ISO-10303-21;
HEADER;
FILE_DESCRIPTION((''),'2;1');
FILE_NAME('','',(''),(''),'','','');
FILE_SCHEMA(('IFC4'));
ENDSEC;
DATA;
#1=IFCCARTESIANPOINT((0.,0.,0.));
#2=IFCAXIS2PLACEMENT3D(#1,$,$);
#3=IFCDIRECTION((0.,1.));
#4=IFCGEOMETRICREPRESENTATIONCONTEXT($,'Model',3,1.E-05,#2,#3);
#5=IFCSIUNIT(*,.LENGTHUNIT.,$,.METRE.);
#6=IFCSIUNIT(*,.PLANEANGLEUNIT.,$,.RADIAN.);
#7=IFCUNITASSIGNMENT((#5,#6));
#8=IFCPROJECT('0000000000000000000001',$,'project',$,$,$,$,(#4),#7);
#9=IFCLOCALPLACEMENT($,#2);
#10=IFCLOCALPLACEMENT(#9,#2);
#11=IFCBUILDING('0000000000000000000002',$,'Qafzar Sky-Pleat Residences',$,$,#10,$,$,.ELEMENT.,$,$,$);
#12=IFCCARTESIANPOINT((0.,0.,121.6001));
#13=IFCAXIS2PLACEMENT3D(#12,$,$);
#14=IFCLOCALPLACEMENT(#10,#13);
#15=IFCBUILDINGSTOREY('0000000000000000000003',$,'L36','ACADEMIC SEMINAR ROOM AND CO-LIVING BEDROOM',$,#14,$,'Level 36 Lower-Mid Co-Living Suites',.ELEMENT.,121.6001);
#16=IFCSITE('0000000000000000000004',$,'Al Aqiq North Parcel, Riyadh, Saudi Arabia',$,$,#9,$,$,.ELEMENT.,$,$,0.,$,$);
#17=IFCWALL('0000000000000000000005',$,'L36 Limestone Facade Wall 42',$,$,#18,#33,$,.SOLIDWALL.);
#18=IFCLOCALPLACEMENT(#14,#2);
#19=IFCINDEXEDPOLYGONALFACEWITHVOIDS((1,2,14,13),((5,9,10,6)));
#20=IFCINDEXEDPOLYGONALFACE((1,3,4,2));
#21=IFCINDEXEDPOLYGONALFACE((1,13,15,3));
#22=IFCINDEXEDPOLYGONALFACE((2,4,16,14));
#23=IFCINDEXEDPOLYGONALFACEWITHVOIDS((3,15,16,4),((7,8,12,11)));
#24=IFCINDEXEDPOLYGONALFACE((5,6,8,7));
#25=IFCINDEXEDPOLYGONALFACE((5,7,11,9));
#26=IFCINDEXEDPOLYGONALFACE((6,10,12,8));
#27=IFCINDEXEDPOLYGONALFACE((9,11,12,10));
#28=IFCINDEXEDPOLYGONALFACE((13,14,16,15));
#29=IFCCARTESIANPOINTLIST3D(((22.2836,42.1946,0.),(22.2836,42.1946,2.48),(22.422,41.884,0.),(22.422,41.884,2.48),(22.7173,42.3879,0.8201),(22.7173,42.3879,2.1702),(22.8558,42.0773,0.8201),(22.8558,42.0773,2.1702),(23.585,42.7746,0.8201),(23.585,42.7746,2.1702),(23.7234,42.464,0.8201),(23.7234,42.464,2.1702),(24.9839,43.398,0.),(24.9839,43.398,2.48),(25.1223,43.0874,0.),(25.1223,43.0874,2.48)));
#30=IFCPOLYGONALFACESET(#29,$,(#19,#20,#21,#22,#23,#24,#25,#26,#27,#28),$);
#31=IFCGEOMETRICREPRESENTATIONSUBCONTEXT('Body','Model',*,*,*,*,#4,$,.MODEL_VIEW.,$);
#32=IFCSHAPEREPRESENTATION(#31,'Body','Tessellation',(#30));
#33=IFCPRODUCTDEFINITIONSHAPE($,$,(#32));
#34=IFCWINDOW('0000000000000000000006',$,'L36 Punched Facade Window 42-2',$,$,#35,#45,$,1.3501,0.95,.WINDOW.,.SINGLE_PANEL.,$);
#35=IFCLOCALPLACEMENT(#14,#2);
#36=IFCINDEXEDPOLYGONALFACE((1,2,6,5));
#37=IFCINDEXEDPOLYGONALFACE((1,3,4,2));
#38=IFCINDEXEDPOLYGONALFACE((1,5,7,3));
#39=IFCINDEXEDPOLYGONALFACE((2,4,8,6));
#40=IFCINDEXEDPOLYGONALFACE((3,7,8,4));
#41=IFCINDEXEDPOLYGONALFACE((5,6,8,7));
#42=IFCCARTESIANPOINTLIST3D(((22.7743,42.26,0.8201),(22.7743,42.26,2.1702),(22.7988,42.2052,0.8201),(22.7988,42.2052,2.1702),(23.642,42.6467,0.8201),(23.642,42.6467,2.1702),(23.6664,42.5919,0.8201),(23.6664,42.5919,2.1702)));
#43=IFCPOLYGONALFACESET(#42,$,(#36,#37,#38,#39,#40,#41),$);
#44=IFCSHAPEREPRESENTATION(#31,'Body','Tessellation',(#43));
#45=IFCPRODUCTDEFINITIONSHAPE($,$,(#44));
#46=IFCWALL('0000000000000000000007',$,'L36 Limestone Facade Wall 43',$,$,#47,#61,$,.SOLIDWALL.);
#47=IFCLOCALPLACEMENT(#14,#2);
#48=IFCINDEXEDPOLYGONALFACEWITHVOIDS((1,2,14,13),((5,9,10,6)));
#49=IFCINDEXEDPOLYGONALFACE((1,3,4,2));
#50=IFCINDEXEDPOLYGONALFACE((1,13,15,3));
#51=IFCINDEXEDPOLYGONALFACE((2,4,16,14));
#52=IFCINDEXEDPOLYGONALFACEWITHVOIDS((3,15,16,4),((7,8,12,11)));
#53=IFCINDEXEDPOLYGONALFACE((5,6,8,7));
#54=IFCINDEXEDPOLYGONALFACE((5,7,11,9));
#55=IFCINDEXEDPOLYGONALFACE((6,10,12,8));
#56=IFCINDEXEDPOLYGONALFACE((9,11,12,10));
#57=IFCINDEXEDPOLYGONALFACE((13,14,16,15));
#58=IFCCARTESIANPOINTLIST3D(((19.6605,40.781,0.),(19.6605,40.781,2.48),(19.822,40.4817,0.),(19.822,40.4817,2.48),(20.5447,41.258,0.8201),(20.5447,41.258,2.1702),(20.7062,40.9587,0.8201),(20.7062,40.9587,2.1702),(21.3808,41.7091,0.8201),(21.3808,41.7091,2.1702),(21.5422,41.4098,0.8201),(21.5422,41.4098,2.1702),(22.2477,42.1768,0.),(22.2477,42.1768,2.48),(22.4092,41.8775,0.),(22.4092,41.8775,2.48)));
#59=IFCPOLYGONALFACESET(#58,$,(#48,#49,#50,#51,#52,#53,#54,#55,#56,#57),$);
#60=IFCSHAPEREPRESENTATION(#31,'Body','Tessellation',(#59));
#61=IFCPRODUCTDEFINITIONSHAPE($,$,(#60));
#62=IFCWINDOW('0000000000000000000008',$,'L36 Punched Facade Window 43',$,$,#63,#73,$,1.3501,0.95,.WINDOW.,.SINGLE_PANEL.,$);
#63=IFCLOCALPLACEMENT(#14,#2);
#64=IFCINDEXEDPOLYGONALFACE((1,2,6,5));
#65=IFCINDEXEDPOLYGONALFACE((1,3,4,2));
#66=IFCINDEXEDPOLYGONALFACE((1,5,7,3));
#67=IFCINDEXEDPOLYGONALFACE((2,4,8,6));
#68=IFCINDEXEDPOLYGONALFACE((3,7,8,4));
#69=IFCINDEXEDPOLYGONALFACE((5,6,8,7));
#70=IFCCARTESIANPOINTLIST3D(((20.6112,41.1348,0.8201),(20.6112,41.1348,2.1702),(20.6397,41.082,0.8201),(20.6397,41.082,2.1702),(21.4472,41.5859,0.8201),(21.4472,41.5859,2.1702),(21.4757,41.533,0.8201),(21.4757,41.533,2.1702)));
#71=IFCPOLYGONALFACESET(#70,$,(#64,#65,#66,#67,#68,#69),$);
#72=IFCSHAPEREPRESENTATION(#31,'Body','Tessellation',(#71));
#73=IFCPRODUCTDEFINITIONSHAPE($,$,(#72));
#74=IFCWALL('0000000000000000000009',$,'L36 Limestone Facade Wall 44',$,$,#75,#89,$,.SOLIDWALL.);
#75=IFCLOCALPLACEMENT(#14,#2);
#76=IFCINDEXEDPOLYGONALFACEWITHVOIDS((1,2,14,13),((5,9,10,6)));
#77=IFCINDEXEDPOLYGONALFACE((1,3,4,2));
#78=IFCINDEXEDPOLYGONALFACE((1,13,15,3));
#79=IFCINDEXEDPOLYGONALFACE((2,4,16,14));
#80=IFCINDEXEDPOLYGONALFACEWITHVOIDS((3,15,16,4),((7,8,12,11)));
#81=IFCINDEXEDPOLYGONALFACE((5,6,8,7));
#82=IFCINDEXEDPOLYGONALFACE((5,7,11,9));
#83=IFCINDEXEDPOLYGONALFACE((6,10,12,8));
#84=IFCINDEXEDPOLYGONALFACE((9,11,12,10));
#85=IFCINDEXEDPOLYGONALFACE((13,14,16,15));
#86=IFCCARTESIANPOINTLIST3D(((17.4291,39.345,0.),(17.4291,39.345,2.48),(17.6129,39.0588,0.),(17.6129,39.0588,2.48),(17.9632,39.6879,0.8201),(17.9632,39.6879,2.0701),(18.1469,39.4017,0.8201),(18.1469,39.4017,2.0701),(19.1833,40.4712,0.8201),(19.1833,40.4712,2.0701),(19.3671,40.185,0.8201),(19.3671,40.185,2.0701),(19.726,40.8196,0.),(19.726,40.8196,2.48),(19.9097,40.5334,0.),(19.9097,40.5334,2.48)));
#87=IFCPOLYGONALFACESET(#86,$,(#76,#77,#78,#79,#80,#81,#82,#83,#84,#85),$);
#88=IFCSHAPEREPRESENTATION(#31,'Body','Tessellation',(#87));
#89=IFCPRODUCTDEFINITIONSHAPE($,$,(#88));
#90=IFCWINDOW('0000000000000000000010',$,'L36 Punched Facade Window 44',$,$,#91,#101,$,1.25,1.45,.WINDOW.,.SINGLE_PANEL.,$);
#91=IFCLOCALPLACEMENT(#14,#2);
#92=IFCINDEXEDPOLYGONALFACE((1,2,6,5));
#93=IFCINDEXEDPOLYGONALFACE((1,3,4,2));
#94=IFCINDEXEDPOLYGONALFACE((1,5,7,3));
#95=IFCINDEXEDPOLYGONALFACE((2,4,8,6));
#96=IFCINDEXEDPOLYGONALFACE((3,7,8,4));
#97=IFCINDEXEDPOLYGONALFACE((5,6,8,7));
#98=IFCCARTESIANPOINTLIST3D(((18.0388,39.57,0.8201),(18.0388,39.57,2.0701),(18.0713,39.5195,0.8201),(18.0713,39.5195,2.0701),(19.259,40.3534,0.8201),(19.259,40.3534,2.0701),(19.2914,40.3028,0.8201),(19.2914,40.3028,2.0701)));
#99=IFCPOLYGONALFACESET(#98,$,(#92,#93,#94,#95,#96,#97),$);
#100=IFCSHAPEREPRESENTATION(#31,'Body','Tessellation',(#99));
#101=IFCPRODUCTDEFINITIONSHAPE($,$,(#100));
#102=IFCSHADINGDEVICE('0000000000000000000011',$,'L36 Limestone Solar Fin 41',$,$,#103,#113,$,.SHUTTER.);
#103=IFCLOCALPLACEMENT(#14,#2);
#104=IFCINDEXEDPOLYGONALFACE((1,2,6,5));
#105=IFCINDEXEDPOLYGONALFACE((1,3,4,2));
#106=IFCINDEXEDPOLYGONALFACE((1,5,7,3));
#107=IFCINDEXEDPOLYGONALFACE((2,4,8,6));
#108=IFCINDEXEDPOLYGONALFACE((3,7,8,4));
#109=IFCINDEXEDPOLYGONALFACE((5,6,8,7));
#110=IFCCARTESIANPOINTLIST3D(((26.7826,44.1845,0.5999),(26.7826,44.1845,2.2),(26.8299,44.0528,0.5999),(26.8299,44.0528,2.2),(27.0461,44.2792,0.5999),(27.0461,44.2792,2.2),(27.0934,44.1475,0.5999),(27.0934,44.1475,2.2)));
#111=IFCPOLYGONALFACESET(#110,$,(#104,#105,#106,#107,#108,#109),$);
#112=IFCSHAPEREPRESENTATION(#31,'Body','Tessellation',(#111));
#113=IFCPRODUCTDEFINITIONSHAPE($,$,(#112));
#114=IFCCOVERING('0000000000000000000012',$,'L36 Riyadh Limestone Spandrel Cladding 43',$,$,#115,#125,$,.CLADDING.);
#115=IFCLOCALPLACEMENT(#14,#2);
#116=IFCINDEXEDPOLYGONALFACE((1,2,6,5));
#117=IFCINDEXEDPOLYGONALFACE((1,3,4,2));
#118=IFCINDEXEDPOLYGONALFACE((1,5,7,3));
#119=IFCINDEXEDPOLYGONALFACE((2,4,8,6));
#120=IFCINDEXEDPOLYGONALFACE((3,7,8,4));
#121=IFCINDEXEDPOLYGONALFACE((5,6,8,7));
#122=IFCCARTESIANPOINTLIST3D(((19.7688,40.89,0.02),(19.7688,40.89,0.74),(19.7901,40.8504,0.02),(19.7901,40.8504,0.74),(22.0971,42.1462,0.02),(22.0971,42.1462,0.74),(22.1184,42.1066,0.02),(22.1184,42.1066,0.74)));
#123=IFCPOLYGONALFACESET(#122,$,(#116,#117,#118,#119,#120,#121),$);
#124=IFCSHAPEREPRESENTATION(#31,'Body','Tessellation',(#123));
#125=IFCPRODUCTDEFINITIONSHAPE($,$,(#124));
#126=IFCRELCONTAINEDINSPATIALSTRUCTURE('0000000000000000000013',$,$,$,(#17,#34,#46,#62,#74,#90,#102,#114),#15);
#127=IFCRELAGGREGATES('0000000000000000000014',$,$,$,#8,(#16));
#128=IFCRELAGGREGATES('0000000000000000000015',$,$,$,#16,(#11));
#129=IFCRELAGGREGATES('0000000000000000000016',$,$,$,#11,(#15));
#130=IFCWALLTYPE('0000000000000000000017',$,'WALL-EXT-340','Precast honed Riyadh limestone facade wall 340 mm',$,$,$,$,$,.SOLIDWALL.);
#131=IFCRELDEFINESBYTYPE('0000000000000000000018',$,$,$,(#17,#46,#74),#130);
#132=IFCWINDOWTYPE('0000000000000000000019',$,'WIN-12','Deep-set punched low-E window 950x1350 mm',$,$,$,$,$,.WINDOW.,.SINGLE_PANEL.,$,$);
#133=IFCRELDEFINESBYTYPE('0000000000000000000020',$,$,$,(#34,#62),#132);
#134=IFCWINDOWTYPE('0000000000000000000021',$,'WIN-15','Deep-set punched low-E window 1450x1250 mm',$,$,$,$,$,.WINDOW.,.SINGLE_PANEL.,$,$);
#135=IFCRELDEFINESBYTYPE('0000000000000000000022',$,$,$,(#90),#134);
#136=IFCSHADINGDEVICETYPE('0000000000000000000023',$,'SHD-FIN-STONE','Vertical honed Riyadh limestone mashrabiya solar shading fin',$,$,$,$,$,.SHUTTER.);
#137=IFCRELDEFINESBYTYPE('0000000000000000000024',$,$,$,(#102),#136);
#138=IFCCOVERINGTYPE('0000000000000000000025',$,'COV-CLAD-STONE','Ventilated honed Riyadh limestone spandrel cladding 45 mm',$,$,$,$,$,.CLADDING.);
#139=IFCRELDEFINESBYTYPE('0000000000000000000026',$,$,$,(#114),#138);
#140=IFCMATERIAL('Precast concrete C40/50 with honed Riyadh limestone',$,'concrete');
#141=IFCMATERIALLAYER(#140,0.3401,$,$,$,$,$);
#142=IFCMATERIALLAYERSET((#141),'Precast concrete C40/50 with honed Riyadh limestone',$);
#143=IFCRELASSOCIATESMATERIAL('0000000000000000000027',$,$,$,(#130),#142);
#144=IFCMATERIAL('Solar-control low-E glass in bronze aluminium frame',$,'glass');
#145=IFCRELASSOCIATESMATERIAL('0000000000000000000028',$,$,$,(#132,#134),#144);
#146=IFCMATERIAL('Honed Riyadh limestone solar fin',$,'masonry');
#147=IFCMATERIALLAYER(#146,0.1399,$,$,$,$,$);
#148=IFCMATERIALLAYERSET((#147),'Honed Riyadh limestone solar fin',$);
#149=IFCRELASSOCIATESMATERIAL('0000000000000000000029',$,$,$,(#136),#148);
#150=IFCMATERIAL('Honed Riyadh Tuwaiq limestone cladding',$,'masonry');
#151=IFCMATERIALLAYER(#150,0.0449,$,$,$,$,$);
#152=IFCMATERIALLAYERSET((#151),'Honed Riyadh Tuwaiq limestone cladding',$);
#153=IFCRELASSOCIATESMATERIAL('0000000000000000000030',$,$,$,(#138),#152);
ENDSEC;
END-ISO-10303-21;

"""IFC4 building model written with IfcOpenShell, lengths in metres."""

from ifc_helpers import new_model, si_unit, direction, frame, frame_2d, origin, origin_2d, place, context, subcontext, project, spatial, rectangle, extrude, source, transform, mapped, material, layer, layer_set, type_object, element, fill, save


model = new_model("IFC4")

# Units and contexts
model_context = context("Model", 3, precision=1e-05, world=origin(), true_north=direction((0.0, 1.0)))
body_context = subcontext(model_context, "Body", "Model", "MODEL_VIEW")
ifc_project = project(units=[si_unit("LENGTHUNIT", "METRE"), si_unit("PLANEANGLEUNIT", "RADIAN")], contexts=[model_context])

# Site, building, storey
site_placement = place(None, origin())
site = spatial("IfcSite", under=ifc_project, at=site_placement, Name="Al Aqiq North Parcel, Riyadh, Saudi Arabia", CompositionType="ELEMENT", RefElevation=0.0)
building_placement = place(site_placement, origin())
building = spatial("IfcBuilding", under=site, at=building_placement, Name="Qafzar Sky-Pleat Residences", CompositionType="ELEMENT")
storey_placement = place(building_placement, frame((0.0, 0.0, 121.6001)))
storey = spatial("IfcBuildingStorey", under=building, at=storey_placement, Name="L36", Description="ACADEMIC SEMINAR ROOM AND CO-LIVING BEDROOM", LongName="Level 36 Lower-Mid Co-Living Suites", CompositionType="ELEMENT", Elevation=121.6001)

# Shared definitions
ifc_material_1 = material(Name="Precast concrete C40/50 with honed Riyadh limestone", Category="concrete")
ifc_layer_1 = layer(ifc_material_1, 0.3401)
ifc_layer_set_1 = layer_set([ifc_layer_1], Name="Precast concrete C40/50 with honed Riyadh limestone")
wall_type_1 = type_object("IfcWallType", Name="WALL-EXT-340", Description="Precast honed Riyadh limestone facade wall 340 mm", PredefinedType="SOLIDWALL", material=ifc_layer_set_1)

# Walls, openings, windows
wall_1_placement = place(storey_placement, frame((25.053, 43.2427, 0.0), z_axis=(0.0, 0.0, 1.0), x_axis=(-0.913399, -0.407065, 0.0)))
wall_1 = element("IfcWall", 1, at=wall_1_placement, inside=storey, type_object=wall_type_1, Name="L36 Limestone Facade Wall 42", PredefinedType="SOLIDWALL", context=body_context, shape_type="SweptSolid", body=[
    extrude(rectangle(XDim=2.9563, YDim=0.3401, at=frame_2d((1.478, 0.0))), origin(), (0.0, 0.0, 1.0), 2.48),
])
opening_1_placement = place(wall_1_placement, frame((1.5312, 0.0, 0.8201)))
opening_1 = element("IfcOpeningElement", 2, at=opening_1_placement, cuts=wall_1, PredefinedType="OPENING", context=body_context, shape_type="SweptSolid", body=[
    extrude(rectangle(XDim=0.95, YDim=1.3501, at=frame_2d((0.4751, 0.675))), frame((0.0, 0.1802, 0.0), z_axis=(0.0, -1.0, 0.0), x_axis=(1.0, 0.0, 0.0)), (0.0, 0.0, 1.0), 0.3601),
])
ifc_material_2 = material(Name="Solar-control low-E glass in bronze aluminium frame", Category="glass")
window_type_1 = type_object("IfcWindowType", Name="WIN-12", Description="Deep-set punched low-E window 950x1350 mm", PartitioningType="SINGLE_PANEL", PredefinedType="WINDOW", material=ifc_material_2)
shared_shape_1 = source(origin(), body_context, "Body", "SweptSolid", [
    extrude(rectangle(XDim=0.95, YDim=1.3501, at=frame_2d((0.4751, 0.675))), frame((0.0, 0.03, 0.0), z_axis=(0.0, -1.0, 0.0), x_axis=(1.0, 0.0, 0.0)), (0.0, 0.0, 1.0), 0.0601),
])
window_1_placement = place(opening_1_placement, origin())
window_1 = element("IfcWindow", 3, at=window_1_placement, inside=storey, type_object=window_type_1, Name="L36 Punched Facade Window 42-2", OverallHeight=1.3501, OverallWidth=0.95, PartitioningType="SINGLE_PANEL", PredefinedType="WINDOW", context=body_context, shape_type="MappedRepresentation", body=[
    mapped(shared_shape_1, transform((0.0, 0.0, 0.0), x_axis=(1.0, 0.0, 0.0), y_axis=(0.0, 1.0, 0.0), z_axis=(0.0, 0.0, 1.0), scale=1.0)),
])
fill(opening_1, window_1)
wall_2_placement = place(storey_placement, frame((22.3284, 42.0271, 0.0), z_axis=(0.0, 0.0, 1.0), x_axis=(-0.880092, -0.474803, 0.0)))
wall_2 = element("IfcWall", 4, at=wall_2_placement, inside=storey, type_object=wall_type_1, Name="L36 Limestone Facade Wall 43", PredefinedType="SOLIDWALL", context=body_context, shape_type="SweptSolid", body=[
    extrude(rectangle(XDim=2.9397, YDim=0.3401, at=frame_2d((1.4697, 0.0))), origin(), (0.0, 0.0, 1.0), 2.48),
])
opening_2_placement = place(wall_2_placement, frame((0.9849, 0.0, 0.8201)))
opening_2 = element("IfcOpeningElement", 5, at=opening_2_placement, cuts=wall_2, PredefinedType="OPENING", context=body_context, shape_type="SweptSolid", body=[
    extrude(rectangle(XDim=0.95, YDim=1.3501, at=frame_2d((0.4751, 0.675))), frame((0.0, 0.1802, 0.0), z_axis=(0.0, -1.0, 0.0), x_axis=(1.0, 0.0, 0.0)), (0.0, 0.0, 1.0), 0.3601),
])
window_2_placement = place(opening_2_placement, origin())
window_2 = element("IfcWindow", 6, at=window_2_placement, inside=storey, type_object=window_type_1, Name="L36 Punched Facade Window 43", OverallHeight=1.3501, OverallWidth=0.95, PartitioningType="SINGLE_PANEL", PredefinedType="WINDOW", context=body_context, shape_type="MappedRepresentation", body=[
    mapped(shared_shape_1, transform((0.0, 0.0, 0.0), x_axis=(1.0, 0.0, 0.0), y_axis=(0.0, 1.0, 0.0), z_axis=(0.0, 0.0, 1.0), scale=1.0)),
])
fill(opening_2, window_2)
wall_3_placement = place(storey_placement, frame((19.8179, 40.6765, 0.0), z_axis=(0.0, 0.0, 1.0), x_axis=(-0.841504, -0.540251, 0.0)))
wall_3 = element("IfcWall", 7, at=wall_3_placement, inside=storey, type_object=wall_type_1, Name="L36 Limestone Facade Wall 44", PredefinedType="SOLIDWALL", context=body_context, shape_type="SweptSolid", body=[
    extrude(rectangle(XDim=2.7295, YDim=0.3401, at=frame_2d((1.3647, 0.0))), origin(), (0.0, 0.0, 1.0), 2.48),
])
opening_3_placement = place(wall_3_placement, frame((0.6448, 0.0, 0.8201)))
opening_3 = element("IfcOpeningElement", 8, at=opening_3_placement, cuts=wall_3, PredefinedType="OPENING", context=body_context, shape_type="SweptSolid", body=[
    extrude(rectangle(XDim=1.45, YDim=1.25, at=frame_2d((0.7251, 0.625))), frame((0.0, 0.1802, 0.0), z_axis=(0.0, -1.0, 0.0), x_axis=(1.0, 0.0, 0.0)), (0.0, 0.0, 1.0), 0.3601),
])
window_type_2 = type_object("IfcWindowType", Name="WIN-15", Description="Deep-set punched low-E window 1450x1250 mm", PartitioningType="SINGLE_PANEL", PredefinedType="WINDOW", material=ifc_material_2)
shared_shape_2 = source(origin(), body_context, "Body", "SweptSolid", [
    extrude(rectangle(XDim=1.45, YDim=1.25, at=frame_2d((0.7251, 0.625))), frame((0.0, 0.03, 0.0), z_axis=(0.0, -1.0, 0.0), x_axis=(1.0, 0.0, 0.0)), (0.0, 0.0, 1.0), 0.0601),
])
window_3_placement = place(opening_3_placement, origin())
window_3 = element("IfcWindow", 9, at=window_3_placement, inside=storey, type_object=window_type_2, Name="L36 Punched Facade Window 44", OverallHeight=1.25, OverallWidth=1.45, PartitioningType="SINGLE_PANEL", PredefinedType="WINDOW", context=body_context, shape_type="MappedRepresentation", body=[
    mapped(shared_shape_2, transform((0.0, 0.0, 0.0), x_axis=(1.0, 0.0, 0.0), y_axis=(0.0, 1.0, 0.0), z_axis=(0.0, 0.0, 1.0), scale=1.0)),
])
fill(opening_3, window_3)

# Shading device
ifc_material_3 = material(Name="Honed Riyadh limestone solar fin", Category="masonry")
ifc_layer_2 = layer(ifc_material_3, 0.1399)
ifc_layer_set_2 = layer_set([ifc_layer_2], Name="Honed Riyadh limestone solar fin")
shading_device_type = type_object("IfcShadingDeviceType", Name="SHD-FIN-STONE", Description="Vertical honed Riyadh limestone mashrabiya solar shading fin", PredefinedType="SHUTTER", material=ifc_layer_set_2)
shared_shape_3 = source(origin(), body_context, "Body", "SweptSolid", [
    extrude(rectangle(XDim=0.1399, YDim=0.28, at=origin_2d()), origin(), (0.0, 0.0, 1.0), 1.6001),
])
shading_device_placement = place(storey_placement, frame((26.938, 44.166, 0.5999), z_axis=(0.0, 0.0, 1.0), x_axis=(-0.338171, 0.941085, 0.0)))
element("IfcShadingDevice", 10, at=shading_device_placement, inside=storey, type_object=shading_device_type, Name="L36 Limestone Solar Fin 41", PredefinedType="SHUTTER", context=body_context, shape_type="MappedRepresentation", body=[
    mapped(shared_shape_3, transform((0.0, 0.0, 0.0), x_axis=(1.0, 0.0, 0.0), y_axis=(0.0, 1.0, 0.0), z_axis=(0.0, 0.0, 1.0), scale=1.0)),
])

# Covering
ifc_material_4 = material(Name="Honed Riyadh Tuwaiq limestone cladding", Category="masonry")
ifc_layer_3 = layer(ifc_material_4, 0.0449)
ifc_layer_set_3 = layer_set([ifc_layer_3], Name="Honed Riyadh Tuwaiq limestone cladding")
covering_type = type_object("IfcCoveringType", Name="COV-CLAD-STONE", Description="Ventilated honed Riyadh limestone spandrel cladding 45 mm", PredefinedType="CLADDING", material=ifc_layer_set_3)
shared_shape_4 = source(origin(), body_context, "Body", "SweptSolid", [
    extrude(rectangle(XDim=2.6455, YDim=0.0449, at=origin_2d()), origin(), (0.0, 0.0, 1.0), 0.72),
])
covering_placement = place(storey_placement, frame((20.9436, 41.4983, 0.02), z_axis=(0.0, 0.0, 1.0), x_axis=(-0.880073, -0.474838, 0.0)))
element("IfcCovering", 11, at=covering_placement, inside=storey, type_object=covering_type, Name="L36 Riyadh Limestone Spandrel Cladding 43", PredefinedType="CLADDING", context=body_context, shape_type="MappedRepresentation", body=[
    mapped(shared_shape_4, transform((0.0, 0.0, 0.0), x_axis=(1.0, 0.0, 0.0), y_axis=(0.0, 1.0, 0.0), z_axis=(0.0, 0.0, 1.0), scale=1.0)),
])

save(model, "model.ifc")
